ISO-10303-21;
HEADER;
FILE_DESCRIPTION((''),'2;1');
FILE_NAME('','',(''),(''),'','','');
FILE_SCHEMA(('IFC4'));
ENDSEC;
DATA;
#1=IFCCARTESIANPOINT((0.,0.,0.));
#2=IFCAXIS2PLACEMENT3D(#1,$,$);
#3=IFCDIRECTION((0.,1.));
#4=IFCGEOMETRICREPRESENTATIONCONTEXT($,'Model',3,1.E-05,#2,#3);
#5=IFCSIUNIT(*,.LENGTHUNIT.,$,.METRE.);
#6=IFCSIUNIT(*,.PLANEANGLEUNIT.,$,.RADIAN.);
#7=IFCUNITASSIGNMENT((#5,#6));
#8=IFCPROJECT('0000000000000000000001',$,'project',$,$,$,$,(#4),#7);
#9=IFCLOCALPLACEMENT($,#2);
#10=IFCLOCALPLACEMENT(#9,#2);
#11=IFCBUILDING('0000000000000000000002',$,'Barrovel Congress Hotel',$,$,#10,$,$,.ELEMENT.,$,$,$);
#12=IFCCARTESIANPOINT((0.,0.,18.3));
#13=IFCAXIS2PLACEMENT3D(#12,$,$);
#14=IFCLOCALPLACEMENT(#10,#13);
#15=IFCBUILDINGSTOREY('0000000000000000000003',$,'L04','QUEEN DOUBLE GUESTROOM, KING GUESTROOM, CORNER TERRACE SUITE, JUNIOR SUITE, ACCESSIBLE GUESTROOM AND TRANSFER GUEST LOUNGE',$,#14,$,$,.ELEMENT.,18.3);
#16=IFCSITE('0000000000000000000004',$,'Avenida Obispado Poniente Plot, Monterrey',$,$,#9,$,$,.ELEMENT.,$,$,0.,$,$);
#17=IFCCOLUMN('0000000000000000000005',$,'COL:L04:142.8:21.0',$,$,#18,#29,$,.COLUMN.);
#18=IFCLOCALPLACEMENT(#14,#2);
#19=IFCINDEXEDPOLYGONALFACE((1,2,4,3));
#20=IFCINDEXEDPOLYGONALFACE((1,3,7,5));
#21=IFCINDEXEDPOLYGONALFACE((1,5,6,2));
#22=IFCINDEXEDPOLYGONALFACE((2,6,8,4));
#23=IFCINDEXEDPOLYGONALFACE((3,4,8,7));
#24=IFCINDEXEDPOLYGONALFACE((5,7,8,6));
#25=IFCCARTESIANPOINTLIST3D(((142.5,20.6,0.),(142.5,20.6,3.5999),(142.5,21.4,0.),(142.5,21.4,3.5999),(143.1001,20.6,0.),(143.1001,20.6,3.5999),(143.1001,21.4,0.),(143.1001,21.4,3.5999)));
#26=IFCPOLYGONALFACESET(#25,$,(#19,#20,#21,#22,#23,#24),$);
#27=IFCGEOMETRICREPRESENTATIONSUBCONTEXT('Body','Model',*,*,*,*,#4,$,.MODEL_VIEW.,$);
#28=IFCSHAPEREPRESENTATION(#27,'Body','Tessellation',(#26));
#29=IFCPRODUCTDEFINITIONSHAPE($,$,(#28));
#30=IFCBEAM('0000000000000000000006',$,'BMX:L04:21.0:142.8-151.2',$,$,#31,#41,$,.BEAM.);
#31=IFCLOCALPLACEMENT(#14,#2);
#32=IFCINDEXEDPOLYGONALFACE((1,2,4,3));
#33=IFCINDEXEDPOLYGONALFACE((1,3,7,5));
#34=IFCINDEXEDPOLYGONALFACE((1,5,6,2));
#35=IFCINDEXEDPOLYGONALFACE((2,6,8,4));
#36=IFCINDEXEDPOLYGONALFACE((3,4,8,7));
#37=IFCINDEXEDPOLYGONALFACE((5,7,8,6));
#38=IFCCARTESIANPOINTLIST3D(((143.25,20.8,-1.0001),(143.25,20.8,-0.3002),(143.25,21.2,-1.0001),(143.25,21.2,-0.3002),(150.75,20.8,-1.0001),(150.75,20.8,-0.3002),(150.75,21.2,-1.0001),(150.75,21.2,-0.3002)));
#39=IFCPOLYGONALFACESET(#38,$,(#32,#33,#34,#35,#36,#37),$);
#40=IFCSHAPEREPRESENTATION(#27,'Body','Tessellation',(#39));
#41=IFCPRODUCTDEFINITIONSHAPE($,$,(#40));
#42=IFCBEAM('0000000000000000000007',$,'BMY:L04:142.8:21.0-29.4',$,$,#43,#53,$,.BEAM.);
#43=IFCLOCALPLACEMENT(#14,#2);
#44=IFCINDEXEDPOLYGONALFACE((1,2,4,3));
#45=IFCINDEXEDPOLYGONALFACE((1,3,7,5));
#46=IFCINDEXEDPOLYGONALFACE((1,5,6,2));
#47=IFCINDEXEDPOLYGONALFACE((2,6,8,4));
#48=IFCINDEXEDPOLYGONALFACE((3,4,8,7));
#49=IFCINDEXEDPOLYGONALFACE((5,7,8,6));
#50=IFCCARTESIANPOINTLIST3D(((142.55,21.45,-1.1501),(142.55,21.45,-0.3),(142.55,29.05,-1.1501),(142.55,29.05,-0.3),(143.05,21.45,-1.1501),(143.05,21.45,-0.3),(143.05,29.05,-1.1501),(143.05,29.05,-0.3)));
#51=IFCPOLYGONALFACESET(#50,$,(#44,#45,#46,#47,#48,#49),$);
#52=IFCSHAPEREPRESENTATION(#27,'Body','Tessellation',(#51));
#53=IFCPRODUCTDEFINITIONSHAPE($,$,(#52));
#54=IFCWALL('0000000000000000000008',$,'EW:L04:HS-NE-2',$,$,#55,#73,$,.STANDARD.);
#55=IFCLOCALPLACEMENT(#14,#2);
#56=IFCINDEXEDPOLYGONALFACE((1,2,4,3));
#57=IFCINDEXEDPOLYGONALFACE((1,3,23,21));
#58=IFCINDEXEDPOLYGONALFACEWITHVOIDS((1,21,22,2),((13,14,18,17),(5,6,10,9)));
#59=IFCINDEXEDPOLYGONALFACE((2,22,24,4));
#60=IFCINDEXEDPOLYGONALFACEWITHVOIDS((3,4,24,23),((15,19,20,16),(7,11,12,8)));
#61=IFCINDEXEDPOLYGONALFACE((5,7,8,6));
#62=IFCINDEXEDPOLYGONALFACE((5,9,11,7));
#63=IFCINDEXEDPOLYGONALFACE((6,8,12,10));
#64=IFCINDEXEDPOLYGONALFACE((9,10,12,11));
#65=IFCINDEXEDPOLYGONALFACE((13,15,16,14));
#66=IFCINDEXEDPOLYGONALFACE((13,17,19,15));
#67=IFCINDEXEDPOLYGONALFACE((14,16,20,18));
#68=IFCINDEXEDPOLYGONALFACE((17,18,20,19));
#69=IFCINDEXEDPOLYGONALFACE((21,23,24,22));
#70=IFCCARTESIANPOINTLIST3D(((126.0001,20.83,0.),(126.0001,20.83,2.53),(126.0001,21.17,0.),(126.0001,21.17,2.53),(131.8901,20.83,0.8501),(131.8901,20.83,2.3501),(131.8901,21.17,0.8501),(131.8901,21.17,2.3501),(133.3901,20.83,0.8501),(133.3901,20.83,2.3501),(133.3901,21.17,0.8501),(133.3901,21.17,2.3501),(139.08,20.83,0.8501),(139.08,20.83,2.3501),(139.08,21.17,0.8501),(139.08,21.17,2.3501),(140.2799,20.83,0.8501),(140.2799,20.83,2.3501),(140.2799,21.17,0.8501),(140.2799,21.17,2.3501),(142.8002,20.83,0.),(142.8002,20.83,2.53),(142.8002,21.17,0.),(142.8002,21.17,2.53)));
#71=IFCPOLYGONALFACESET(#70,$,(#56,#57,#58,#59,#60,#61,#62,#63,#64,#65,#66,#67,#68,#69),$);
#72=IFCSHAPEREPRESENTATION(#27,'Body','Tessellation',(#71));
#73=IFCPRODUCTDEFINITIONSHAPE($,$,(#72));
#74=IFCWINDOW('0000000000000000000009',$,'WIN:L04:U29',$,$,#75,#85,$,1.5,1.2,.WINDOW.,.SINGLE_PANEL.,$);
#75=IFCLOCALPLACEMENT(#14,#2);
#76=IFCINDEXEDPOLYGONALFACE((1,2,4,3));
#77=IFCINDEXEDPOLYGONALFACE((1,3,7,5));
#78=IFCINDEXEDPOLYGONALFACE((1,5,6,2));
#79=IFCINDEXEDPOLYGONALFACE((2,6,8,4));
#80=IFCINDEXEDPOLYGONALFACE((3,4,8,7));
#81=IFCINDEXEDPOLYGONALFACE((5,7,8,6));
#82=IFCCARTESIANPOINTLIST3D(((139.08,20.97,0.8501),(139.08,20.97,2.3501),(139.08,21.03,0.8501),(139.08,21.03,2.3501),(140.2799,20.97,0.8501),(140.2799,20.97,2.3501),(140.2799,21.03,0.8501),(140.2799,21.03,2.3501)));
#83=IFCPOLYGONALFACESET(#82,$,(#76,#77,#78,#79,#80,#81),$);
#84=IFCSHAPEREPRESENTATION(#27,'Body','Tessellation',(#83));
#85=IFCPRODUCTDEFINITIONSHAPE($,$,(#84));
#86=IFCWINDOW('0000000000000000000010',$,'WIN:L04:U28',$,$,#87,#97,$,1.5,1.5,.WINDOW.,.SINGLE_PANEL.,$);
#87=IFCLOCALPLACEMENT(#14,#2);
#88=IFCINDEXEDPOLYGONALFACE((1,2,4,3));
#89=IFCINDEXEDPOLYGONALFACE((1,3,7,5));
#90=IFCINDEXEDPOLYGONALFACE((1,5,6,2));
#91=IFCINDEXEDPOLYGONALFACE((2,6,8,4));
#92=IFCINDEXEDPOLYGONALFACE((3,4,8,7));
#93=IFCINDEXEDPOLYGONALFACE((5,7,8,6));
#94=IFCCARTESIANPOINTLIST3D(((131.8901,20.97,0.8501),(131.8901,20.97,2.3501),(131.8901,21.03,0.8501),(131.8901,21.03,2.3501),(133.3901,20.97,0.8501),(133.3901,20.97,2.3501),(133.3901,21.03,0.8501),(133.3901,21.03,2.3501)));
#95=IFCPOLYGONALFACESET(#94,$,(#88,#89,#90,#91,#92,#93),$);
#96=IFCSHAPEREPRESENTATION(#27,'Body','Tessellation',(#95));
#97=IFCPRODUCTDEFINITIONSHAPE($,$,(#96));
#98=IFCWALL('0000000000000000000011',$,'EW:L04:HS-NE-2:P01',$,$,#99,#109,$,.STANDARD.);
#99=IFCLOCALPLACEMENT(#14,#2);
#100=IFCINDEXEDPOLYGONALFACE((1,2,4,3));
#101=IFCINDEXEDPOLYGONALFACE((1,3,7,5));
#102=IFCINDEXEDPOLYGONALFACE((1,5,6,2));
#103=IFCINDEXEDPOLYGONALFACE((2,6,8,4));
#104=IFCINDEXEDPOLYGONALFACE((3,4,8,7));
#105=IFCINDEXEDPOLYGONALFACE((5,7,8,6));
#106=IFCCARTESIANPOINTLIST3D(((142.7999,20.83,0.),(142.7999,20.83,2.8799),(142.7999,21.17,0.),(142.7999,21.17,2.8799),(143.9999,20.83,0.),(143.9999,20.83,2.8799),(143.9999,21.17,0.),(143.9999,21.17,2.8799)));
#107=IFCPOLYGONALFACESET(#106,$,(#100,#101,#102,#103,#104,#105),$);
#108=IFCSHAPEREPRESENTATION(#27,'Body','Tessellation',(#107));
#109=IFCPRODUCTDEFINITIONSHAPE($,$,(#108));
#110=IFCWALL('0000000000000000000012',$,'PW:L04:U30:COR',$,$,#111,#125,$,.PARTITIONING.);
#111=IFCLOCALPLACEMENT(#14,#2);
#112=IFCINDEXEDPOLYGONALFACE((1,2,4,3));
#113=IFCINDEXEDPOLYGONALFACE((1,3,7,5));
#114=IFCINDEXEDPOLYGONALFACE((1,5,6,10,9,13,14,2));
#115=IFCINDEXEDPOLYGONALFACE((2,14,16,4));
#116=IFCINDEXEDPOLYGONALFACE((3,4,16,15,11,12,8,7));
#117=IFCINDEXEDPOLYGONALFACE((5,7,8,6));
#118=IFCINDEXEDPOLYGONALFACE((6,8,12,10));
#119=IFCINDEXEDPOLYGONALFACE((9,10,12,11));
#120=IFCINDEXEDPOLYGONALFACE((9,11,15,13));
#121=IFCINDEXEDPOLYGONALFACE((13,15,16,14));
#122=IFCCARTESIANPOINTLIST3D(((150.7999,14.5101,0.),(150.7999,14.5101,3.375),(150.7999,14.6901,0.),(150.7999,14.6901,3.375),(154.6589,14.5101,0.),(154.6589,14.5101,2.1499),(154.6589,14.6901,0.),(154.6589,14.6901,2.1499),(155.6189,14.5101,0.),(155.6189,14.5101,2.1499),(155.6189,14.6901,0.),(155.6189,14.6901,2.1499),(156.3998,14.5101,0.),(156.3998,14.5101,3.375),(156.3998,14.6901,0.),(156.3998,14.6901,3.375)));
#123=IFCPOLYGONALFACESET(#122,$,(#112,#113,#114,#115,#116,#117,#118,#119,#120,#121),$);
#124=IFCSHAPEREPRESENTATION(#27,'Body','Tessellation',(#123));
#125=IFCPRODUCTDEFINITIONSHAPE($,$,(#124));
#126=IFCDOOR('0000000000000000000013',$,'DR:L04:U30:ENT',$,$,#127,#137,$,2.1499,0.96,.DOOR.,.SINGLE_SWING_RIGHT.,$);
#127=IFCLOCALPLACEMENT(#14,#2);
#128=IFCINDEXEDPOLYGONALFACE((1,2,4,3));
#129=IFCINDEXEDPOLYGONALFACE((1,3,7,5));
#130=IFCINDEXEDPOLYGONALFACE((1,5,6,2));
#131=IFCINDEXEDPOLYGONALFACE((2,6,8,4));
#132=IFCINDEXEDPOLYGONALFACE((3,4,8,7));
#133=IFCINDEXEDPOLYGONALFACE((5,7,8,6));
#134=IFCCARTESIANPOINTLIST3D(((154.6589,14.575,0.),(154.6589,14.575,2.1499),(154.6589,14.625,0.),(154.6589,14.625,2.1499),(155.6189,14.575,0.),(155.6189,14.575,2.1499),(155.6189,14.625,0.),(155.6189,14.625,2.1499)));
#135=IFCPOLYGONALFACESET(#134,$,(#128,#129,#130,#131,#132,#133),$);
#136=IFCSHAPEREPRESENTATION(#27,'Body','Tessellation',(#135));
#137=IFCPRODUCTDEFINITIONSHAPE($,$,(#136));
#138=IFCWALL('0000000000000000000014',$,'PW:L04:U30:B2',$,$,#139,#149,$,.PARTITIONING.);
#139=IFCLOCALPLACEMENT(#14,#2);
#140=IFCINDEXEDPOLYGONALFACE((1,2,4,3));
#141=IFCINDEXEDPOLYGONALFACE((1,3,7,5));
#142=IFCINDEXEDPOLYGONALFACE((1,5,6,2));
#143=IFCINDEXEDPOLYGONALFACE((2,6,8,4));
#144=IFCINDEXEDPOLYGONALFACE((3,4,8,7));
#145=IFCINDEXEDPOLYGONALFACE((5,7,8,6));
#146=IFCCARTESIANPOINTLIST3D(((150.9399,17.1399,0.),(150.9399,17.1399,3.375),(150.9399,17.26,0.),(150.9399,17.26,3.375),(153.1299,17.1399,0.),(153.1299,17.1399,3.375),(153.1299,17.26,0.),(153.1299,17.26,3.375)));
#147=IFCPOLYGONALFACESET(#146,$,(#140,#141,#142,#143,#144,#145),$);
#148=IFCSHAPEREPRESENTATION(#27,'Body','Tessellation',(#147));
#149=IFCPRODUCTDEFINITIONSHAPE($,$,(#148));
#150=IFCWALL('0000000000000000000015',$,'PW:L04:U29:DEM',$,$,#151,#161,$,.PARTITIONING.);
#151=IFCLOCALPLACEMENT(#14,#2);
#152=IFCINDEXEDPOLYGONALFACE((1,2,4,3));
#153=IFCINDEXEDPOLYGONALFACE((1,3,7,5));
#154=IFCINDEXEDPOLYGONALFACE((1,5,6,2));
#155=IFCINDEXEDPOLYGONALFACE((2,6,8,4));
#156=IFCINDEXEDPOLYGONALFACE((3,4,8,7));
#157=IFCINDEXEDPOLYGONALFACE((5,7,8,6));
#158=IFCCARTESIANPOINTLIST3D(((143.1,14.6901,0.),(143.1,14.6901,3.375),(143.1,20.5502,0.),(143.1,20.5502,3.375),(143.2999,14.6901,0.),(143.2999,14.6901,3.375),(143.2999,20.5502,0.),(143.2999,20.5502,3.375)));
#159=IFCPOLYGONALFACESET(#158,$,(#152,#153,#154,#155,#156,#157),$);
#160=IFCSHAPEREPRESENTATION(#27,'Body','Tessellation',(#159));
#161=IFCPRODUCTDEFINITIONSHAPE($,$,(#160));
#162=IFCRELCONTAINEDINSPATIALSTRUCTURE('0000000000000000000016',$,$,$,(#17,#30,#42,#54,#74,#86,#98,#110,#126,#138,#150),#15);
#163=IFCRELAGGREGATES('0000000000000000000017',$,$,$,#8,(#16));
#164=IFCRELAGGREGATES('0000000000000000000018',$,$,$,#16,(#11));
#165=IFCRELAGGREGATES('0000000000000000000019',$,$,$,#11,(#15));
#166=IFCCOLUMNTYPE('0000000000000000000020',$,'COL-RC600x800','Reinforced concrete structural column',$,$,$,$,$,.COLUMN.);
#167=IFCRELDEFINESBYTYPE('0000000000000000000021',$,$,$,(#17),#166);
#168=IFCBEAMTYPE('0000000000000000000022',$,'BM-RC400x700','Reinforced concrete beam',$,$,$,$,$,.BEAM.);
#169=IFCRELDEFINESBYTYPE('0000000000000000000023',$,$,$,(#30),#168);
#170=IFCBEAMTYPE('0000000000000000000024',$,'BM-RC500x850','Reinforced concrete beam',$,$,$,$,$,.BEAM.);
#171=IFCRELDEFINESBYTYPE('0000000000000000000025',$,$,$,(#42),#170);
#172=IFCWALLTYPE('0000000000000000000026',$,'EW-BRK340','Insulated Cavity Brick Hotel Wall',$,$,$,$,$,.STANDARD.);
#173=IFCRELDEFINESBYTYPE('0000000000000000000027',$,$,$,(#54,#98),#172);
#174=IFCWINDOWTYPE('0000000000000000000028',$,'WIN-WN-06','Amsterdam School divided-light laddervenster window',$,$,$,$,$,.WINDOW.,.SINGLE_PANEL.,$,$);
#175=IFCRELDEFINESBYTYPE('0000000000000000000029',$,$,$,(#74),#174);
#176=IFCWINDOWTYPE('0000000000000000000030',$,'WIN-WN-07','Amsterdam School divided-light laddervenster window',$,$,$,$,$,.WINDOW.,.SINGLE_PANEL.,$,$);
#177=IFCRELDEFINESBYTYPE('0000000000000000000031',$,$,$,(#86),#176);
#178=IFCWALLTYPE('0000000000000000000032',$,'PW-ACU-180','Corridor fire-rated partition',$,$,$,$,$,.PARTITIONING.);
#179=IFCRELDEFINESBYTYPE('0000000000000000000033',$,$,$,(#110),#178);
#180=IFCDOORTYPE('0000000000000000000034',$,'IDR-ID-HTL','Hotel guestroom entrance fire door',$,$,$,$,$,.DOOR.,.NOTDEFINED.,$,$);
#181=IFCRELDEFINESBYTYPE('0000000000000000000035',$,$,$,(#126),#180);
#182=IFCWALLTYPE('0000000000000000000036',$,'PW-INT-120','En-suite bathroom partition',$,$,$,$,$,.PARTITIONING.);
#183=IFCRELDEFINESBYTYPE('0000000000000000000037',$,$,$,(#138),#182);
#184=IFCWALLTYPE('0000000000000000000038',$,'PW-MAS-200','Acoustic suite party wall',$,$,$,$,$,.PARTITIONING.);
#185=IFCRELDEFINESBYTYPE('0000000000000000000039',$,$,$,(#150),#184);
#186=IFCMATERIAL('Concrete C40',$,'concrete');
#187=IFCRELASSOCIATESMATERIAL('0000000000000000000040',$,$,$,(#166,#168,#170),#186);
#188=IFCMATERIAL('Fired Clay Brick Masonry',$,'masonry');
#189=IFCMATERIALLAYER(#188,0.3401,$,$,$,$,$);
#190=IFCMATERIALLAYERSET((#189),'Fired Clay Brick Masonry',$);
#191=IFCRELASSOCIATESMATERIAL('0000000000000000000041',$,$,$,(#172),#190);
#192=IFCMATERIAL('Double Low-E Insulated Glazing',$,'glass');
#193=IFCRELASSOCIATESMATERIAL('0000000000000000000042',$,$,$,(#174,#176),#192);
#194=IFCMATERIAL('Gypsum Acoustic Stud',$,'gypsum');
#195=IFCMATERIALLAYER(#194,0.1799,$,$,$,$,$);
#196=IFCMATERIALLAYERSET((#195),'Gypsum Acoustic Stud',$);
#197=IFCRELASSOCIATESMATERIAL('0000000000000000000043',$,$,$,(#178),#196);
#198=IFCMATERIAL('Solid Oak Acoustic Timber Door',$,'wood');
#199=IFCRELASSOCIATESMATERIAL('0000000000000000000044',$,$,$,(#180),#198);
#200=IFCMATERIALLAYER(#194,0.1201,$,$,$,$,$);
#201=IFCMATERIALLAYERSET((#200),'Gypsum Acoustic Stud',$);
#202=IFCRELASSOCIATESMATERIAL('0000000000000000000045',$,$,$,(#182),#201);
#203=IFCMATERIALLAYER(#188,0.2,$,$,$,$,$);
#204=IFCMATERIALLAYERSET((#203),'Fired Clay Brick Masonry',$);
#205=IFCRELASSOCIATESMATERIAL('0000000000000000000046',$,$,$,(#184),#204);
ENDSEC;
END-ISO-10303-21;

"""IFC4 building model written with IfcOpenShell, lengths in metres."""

from ifc_helpers import new_model, si_unit, direction, frame, frame_2d, origin, origin_2d, place, context, subcontext, project, spatial, rectangle, extrude, material, layer, layer_set, material_profile, profile_set, type_object, element, fill, save


model = new_model("IFC4")

# Units and contexts
model_context = context("Model", 3, precision=1e-05, world=origin(), true_north=direction((0.0, 1.0)))
body_context = subcontext(model_context, "Body", "Model", "MODEL_VIEW")
ifc_project = project(units=[si_unit("LENGTHUNIT", "METRE"), si_unit("PLANEANGLEUNIT", "RADIAN")], contexts=[model_context])

# Site, building, storey
site_placement = place(None, origin())
site = spatial("IfcSite", under=ifc_project, at=site_placement, Name="Avenida Obispado Poniente Plot, Monterrey", CompositionType="ELEMENT", RefElevation=0.0)
building_placement = place(site_placement, origin())
building = spatial("IfcBuilding", under=site, at=building_placement, Name="Barrovel Congress Hotel", CompositionType="ELEMENT")
storey_placement = place(building_placement, frame((0.0, 0.0, 18.3)))
storey = spatial("IfcBuildingStorey", under=building, at=storey_placement, Name="L04", Description="QUEEN DOUBLE GUESTROOM, KING GUESTROOM, CORNER TERRACE SUITE, JUNIOR SUITE, ACCESSIBLE GUESTROOM AND TRANSFER GUEST LOUNGE", CompositionType="ELEMENT", Elevation=18.3)

# Column
ifc_material_1 = material(Name="Concrete C40", Category="concrete")
ifc_material_profile_1 = material_profile(ifc_material_1, rectangle(XDim=0.6001, YDim=0.8, at=origin_2d()), Name="RC600x800")
ifc_profile_set_1 = profile_set([ifc_material_profile_1], Name="Concrete C40")
column_type = type_object("IfcColumnType", Name="COL-RC600x800", Description="Reinforced concrete structural column", PredefinedType="COLUMN", material=ifc_profile_set_1)
column_placement = place(storey_placement, frame((142.8, 21.0, 0.0), z_axis=(0.0, 0.0, 1.0), x_axis=(1.0, 0.0, 0.0)))
element("IfcColumn", 1, at=column_placement, inside=storey, type_object=column_type, Name="COL:L04:142.8:21.0", PredefinedType="COLUMN", context=body_context, shape_type="SweptSolid", body=[
    extrude(rectangle(XDim=0.6001, YDim=0.8, at=origin_2d()), origin(), (0.0, 0.0, 1.0), 3.5999),
])

# Beams
ifc_material_profile_2 = material_profile(ifc_material_1, rectangle(XDim=0.3999, YDim=0.7, at=origin_2d()), Name="RC400x700")
ifc_profile_set_2 = profile_set([ifc_material_profile_2], Name="Concrete C40")
beam_type_1 = type_object("IfcBeamType", Name="BM-RC400x700", Description="Reinforced concrete beam", PredefinedType="BEAM", material=ifc_profile_set_2)
beam_1_placement = place(storey_placement, frame((143.25, 21.0, -0.6501), z_axis=(1.0, 0.0, 0.0), x_axis=(0.0, 1.0, 0.0)))
element("IfcBeam", 2, at=beam_1_placement, inside=storey, type_object=beam_type_1, Name="BMX:L04:21.0:142.8-151.2", PredefinedType="BEAM", context=body_context, shape_type="SweptSolid", body=[
    extrude(rectangle(XDim=0.3999, YDim=0.7, at=origin_2d()), origin(), (0.0, 0.0, 1.0), 7.5),
])
ifc_material_profile_3 = material_profile(ifc_material_1, rectangle(XDim=0.5, YDim=0.8501, at=origin_2d()), Name="RC500x850")
ifc_profile_set_3 = profile_set([ifc_material_profile_3], Name="Concrete C40")
beam_type_2 = type_object("IfcBeamType", Name="BM-RC500x850", Description="Reinforced concrete beam", PredefinedType="BEAM", material=ifc_profile_set_3)
beam_2_placement = place(storey_placement, frame((142.8, 21.45, -0.7251), z_axis=(0.0, 1.0, 0.0), x_axis=(-1.0, 0.0, 0.0)))
element("IfcBeam", 3, at=beam_2_placement, inside=storey, type_object=beam_type_2, Name="BMY:L04:142.8:21.0-29.4", PredefinedType="BEAM", context=body_context, shape_type="SweptSolid", body=[
    extrude(rectangle(XDim=0.5, YDim=0.8501, at=origin_2d()), origin(), (0.0, 0.0, 1.0), 7.6001),
])

# Wall, openings, windows
ifc_material_2 = material(Name="Fired Clay Brick Masonry", Category="masonry")
ifc_layer_1 = layer(ifc_material_2, 0.3401)
ifc_layer_set_1 = layer_set([ifc_layer_1], Name="Fired Clay Brick Masonry")
wall_type_1 = type_object("IfcWallType", Name="EW-BRK340", Description="Insulated Cavity Brick Hotel Wall", PredefinedType="STANDARD", material=ifc_layer_set_1)
wall_1_placement = place(storey_placement, frame((142.8, 21.0, 0.0), z_axis=(0.0, 0.0, 1.0), x_axis=(-1.0, 0.0, 0.0)))
wall_1 = element("IfcWall", 4, at=wall_1_placement, inside=storey, type_object=wall_type_1, Name="EW:L04:HS-NE-2", PredefinedType="STANDARD", context=body_context, shape_type="SweptSolid", body=[
    extrude(rectangle(XDim=16.8, YDim=0.3401, at=frame_2d((8.3999, 0.0))), origin(), (0.0, 0.0, 1.0), 2.53),
])
opening_1_placement = place(wall_1_placement, frame((9.4099, 0.0, 0.8501)))
opening_1 = element("IfcOpeningElement", 5, at=opening_1_placement, cuts=wall_1, PredefinedType="OPENING", context=body_context, shape_type="SweptSolid", body=[
    extrude(rectangle(XDim=1.5, YDim=1.5, at=frame_2d((0.75, 0.75))), frame((0.0, 0.1802, 0.0), z_axis=(0.0, -1.0, 0.0), x_axis=(1.0, 0.0, 0.0)), (0.0, 0.0, 1.0), 0.3601),
])
opening_2_placement = place(wall_1_placement, frame((2.52, 0.0, 0.8501)))
opening_2 = element("IfcOpeningElement", 6, at=opening_2_placement, cuts=wall_1, PredefinedType="OPENING", context=body_context, shape_type="SweptSolid", body=[
    extrude(rectangle(XDim=1.2, YDim=1.5, at=frame_2d((0.6001, 0.75))), frame((0.0, 0.1802, 0.0), z_axis=(0.0, -1.0, 0.0), x_axis=(1.0, 0.0, 0.0)), (0.0, 0.0, 1.0), 0.3601),
])
ifc_material_3 = material(Name="Double Low-E Insulated Glazing", Category="glass")
window_type_1 = type_object("IfcWindowType", Name="WIN-WN-06", Description="Amsterdam School divided-light laddervenster window", PartitioningType="SINGLE_PANEL", PredefinedType="WINDOW", material=ifc_material_3)
window_1_placement = place(opening_2_placement, origin())
window_1 = element("IfcWindow", 7, at=window_1_placement, inside=storey, type_object=window_type_1, Name="WIN:L04:U29", OverallHeight=1.5, OverallWidth=1.2, PartitioningType="SINGLE_PANEL", PredefinedType="WINDOW", context=body_context, shape_type="SweptSolid", body=[
    extrude(rectangle(XDim=1.2, YDim=1.5, at=frame_2d((0.6001, 0.75))), frame((0.0, 0.03, 0.0), z_axis=(0.0, -1.0, 0.0), x_axis=(1.0, 0.0, 0.0)), (0.0, 0.0, 1.0), 0.0601),
])
fill(opening_2, window_1)
window_type_2 = type_object("IfcWindowType", Name="WIN-WN-07", Description="Amsterdam School divided-light laddervenster window", PartitioningType="SINGLE_PANEL", PredefinedType="WINDOW", material=ifc_material_3)
window_2_placement = place(opening_1_placement, origin())
window_2 = element("IfcWindow", 8, at=window_2_placement, inside=storey, type_object=window_type_2, Name="WIN:L04:U28", OverallHeight=1.5, OverallWidth=1.5, PartitioningType="SINGLE_PANEL", PredefinedType="WINDOW", context=body_context, shape_type="SweptSolid", body=[
    extrude(rectangle(XDim=1.5, YDim=1.5, at=frame_2d((0.75, 0.75))), frame((0.0, 0.03, 0.0), z_axis=(0.0, -1.0, 0.0), x_axis=(1.0, 0.0, 0.0)), (0.0, 0.0, 1.0), 0.0601),
])
fill(opening_1, window_2)

# Wall
wall_2_placement = place(storey_placement, frame((144.0, 21.0, 0.0), z_axis=(0.0, 0.0, 1.0), x_axis=(-1.0, 0.0, 0.0)))
element("IfcWall", 9, at=wall_2_placement, inside=storey, type_object=wall_type_1, Name="EW:L04:HS-NE-2:P01", PredefinedType="STANDARD", context=body_context, shape_type="SweptSolid", body=[
    extrude(rectangle(XDim=1.2, YDim=0.3401, at=frame_2d((0.6001, 0.0))), origin(), (0.0, 0.0, 1.0), 2.8799),
])

# Wall, opening, door
ifc_material_4 = material(Name="Gypsum Acoustic Stud", Category="gypsum")
ifc_layer_2 = layer(ifc_material_4, 0.1799)
ifc_layer_set_2 = layer_set([ifc_layer_2], Name="Gypsum Acoustic Stud")
wall_type_2 = type_object("IfcWallType", Name="PW-ACU-180", Description="Corridor fire-rated partition", PredefinedType="PARTITIONING", material=ifc_layer_set_2)
wall_3_placement = place(storey_placement, frame((150.8, 14.6001, 0.0), z_axis=(0.0, 0.0, 1.0), x_axis=(1.0, 0.0, 0.0)))
wall_3 = element("IfcWall", 10, at=wall_3_placement, inside=storey, type_object=wall_type_2, Name="PW:L04:U30:COR", PredefinedType="PARTITIONING", context=body_context, shape_type="SweptSolid", body=[
    extrude(rectangle(XDim=5.5999, YDim=0.1799, at=frame_2d((2.7998, 0.0))), origin(), (0.0, 0.0, 1.0), 3.375),
])
opening_3_placement = place(wall_3_placement, frame((3.8589, 0.0, 0.0)))
opening_3 = element("IfcOpeningElement", 11, at=opening_3_placement, cuts=wall_3, PredefinedType="OPENING", context=body_context, shape_type="SweptSolid", body=[
    extrude(rectangle(XDim=0.96, YDim=2.1499, at=frame_2d((0.48, 1.075))), frame((0.0, 0.1001, 0.0), z_axis=(0.0, -1.0, 0.0), x_axis=(1.0, 0.0, 0.0)), (0.0, 0.0, 1.0), 0.2),
])
ifc_material_5 = material(Name="Solid Oak Acoustic Timber Door", Category="wood")
door_type = type_object("IfcDoorType", Name="IDR-ID-HTL", Description="Hotel guestroom entrance fire door", OperationType="NOTDEFINED", PredefinedType="DOOR", material=ifc_material_5)
door_placement = place(opening_3_placement, origin())
door = element("IfcDoor", 12, at=door_placement, inside=storey, type_object=door_type, Name="DR:L04:U30:ENT", OperationType="SINGLE_SWING_RIGHT", OverallHeight=2.1499, OverallWidth=0.96, PredefinedType="DOOR", context=body_context, shape_type="SweptSolid", body=[
    extrude(rectangle(XDim=0.96, YDim=2.1499, at=frame_2d((0.48, 1.075))), frame((0.0, 0.0249, 0.0), z_axis=(0.0, -1.0, 0.0), x_axis=(1.0, 0.0, 0.0)), (0.0, 0.0, 1.0), 0.05),
])
fill(opening_3, door)

# Walls
ifc_layer_3 = layer(ifc_material_4, 0.1201)
ifc_layer_set_3 = layer_set([ifc_layer_3], Name="Gypsum Acoustic Stud")
wall_type_3 = type_object("IfcWallType", Name="PW-INT-120", Description="En-suite bathroom partition", PredefinedType="PARTITIONING", material=ifc_layer_set_3)
wall_4_placement = place(storey_placement, frame((150.9399, 17.2, 0.0), z_axis=(0.0, 0.0, 1.0), x_axis=(1.0, 0.0, 0.0)))
element("IfcWall", 13, at=wall_4_placement, inside=storey, type_object=wall_type_3, Name="PW:L04:U30:B2", PredefinedType="PARTITIONING", context=body_context, shape_type="SweptSolid", body=[
    extrude(rectangle(XDim=2.1899, YDim=0.1201, at=frame_2d((1.095, 0.0))), origin(), (0.0, 0.0, 1.0), 3.375),
])
ifc_layer_4 = layer(ifc_material_2, 0.2)
ifc_layer_set_4 = layer_set([ifc_layer_4], Name="Fired Clay Brick Masonry")
wall_type_4 = type_object("IfcWallType", Name="PW-MAS-200", Description="Acoustic suite party wall", PredefinedType="PARTITIONING", material=ifc_layer_set_4)
wall_5_placement = place(storey_placement, frame((143.2, 14.6899, 0.0), z_axis=(0.0, 0.0, 1.0), x_axis=(0.0, 1.0, 0.0)))
element("IfcWall", 14, at=wall_5_placement, inside=storey, type_object=wall_type_4, Name="PW:L04:U29:DEM", PredefinedType="PARTITIONING", context=body_context, shape_type="SweptSolid", body=[
    extrude(rectangle(XDim=5.8601, YDim=0.2, at=frame_2d((2.9302, 0.0))), origin(), (0.0, 0.0, 1.0), 3.375),
])

save(model, "model.ifc")
